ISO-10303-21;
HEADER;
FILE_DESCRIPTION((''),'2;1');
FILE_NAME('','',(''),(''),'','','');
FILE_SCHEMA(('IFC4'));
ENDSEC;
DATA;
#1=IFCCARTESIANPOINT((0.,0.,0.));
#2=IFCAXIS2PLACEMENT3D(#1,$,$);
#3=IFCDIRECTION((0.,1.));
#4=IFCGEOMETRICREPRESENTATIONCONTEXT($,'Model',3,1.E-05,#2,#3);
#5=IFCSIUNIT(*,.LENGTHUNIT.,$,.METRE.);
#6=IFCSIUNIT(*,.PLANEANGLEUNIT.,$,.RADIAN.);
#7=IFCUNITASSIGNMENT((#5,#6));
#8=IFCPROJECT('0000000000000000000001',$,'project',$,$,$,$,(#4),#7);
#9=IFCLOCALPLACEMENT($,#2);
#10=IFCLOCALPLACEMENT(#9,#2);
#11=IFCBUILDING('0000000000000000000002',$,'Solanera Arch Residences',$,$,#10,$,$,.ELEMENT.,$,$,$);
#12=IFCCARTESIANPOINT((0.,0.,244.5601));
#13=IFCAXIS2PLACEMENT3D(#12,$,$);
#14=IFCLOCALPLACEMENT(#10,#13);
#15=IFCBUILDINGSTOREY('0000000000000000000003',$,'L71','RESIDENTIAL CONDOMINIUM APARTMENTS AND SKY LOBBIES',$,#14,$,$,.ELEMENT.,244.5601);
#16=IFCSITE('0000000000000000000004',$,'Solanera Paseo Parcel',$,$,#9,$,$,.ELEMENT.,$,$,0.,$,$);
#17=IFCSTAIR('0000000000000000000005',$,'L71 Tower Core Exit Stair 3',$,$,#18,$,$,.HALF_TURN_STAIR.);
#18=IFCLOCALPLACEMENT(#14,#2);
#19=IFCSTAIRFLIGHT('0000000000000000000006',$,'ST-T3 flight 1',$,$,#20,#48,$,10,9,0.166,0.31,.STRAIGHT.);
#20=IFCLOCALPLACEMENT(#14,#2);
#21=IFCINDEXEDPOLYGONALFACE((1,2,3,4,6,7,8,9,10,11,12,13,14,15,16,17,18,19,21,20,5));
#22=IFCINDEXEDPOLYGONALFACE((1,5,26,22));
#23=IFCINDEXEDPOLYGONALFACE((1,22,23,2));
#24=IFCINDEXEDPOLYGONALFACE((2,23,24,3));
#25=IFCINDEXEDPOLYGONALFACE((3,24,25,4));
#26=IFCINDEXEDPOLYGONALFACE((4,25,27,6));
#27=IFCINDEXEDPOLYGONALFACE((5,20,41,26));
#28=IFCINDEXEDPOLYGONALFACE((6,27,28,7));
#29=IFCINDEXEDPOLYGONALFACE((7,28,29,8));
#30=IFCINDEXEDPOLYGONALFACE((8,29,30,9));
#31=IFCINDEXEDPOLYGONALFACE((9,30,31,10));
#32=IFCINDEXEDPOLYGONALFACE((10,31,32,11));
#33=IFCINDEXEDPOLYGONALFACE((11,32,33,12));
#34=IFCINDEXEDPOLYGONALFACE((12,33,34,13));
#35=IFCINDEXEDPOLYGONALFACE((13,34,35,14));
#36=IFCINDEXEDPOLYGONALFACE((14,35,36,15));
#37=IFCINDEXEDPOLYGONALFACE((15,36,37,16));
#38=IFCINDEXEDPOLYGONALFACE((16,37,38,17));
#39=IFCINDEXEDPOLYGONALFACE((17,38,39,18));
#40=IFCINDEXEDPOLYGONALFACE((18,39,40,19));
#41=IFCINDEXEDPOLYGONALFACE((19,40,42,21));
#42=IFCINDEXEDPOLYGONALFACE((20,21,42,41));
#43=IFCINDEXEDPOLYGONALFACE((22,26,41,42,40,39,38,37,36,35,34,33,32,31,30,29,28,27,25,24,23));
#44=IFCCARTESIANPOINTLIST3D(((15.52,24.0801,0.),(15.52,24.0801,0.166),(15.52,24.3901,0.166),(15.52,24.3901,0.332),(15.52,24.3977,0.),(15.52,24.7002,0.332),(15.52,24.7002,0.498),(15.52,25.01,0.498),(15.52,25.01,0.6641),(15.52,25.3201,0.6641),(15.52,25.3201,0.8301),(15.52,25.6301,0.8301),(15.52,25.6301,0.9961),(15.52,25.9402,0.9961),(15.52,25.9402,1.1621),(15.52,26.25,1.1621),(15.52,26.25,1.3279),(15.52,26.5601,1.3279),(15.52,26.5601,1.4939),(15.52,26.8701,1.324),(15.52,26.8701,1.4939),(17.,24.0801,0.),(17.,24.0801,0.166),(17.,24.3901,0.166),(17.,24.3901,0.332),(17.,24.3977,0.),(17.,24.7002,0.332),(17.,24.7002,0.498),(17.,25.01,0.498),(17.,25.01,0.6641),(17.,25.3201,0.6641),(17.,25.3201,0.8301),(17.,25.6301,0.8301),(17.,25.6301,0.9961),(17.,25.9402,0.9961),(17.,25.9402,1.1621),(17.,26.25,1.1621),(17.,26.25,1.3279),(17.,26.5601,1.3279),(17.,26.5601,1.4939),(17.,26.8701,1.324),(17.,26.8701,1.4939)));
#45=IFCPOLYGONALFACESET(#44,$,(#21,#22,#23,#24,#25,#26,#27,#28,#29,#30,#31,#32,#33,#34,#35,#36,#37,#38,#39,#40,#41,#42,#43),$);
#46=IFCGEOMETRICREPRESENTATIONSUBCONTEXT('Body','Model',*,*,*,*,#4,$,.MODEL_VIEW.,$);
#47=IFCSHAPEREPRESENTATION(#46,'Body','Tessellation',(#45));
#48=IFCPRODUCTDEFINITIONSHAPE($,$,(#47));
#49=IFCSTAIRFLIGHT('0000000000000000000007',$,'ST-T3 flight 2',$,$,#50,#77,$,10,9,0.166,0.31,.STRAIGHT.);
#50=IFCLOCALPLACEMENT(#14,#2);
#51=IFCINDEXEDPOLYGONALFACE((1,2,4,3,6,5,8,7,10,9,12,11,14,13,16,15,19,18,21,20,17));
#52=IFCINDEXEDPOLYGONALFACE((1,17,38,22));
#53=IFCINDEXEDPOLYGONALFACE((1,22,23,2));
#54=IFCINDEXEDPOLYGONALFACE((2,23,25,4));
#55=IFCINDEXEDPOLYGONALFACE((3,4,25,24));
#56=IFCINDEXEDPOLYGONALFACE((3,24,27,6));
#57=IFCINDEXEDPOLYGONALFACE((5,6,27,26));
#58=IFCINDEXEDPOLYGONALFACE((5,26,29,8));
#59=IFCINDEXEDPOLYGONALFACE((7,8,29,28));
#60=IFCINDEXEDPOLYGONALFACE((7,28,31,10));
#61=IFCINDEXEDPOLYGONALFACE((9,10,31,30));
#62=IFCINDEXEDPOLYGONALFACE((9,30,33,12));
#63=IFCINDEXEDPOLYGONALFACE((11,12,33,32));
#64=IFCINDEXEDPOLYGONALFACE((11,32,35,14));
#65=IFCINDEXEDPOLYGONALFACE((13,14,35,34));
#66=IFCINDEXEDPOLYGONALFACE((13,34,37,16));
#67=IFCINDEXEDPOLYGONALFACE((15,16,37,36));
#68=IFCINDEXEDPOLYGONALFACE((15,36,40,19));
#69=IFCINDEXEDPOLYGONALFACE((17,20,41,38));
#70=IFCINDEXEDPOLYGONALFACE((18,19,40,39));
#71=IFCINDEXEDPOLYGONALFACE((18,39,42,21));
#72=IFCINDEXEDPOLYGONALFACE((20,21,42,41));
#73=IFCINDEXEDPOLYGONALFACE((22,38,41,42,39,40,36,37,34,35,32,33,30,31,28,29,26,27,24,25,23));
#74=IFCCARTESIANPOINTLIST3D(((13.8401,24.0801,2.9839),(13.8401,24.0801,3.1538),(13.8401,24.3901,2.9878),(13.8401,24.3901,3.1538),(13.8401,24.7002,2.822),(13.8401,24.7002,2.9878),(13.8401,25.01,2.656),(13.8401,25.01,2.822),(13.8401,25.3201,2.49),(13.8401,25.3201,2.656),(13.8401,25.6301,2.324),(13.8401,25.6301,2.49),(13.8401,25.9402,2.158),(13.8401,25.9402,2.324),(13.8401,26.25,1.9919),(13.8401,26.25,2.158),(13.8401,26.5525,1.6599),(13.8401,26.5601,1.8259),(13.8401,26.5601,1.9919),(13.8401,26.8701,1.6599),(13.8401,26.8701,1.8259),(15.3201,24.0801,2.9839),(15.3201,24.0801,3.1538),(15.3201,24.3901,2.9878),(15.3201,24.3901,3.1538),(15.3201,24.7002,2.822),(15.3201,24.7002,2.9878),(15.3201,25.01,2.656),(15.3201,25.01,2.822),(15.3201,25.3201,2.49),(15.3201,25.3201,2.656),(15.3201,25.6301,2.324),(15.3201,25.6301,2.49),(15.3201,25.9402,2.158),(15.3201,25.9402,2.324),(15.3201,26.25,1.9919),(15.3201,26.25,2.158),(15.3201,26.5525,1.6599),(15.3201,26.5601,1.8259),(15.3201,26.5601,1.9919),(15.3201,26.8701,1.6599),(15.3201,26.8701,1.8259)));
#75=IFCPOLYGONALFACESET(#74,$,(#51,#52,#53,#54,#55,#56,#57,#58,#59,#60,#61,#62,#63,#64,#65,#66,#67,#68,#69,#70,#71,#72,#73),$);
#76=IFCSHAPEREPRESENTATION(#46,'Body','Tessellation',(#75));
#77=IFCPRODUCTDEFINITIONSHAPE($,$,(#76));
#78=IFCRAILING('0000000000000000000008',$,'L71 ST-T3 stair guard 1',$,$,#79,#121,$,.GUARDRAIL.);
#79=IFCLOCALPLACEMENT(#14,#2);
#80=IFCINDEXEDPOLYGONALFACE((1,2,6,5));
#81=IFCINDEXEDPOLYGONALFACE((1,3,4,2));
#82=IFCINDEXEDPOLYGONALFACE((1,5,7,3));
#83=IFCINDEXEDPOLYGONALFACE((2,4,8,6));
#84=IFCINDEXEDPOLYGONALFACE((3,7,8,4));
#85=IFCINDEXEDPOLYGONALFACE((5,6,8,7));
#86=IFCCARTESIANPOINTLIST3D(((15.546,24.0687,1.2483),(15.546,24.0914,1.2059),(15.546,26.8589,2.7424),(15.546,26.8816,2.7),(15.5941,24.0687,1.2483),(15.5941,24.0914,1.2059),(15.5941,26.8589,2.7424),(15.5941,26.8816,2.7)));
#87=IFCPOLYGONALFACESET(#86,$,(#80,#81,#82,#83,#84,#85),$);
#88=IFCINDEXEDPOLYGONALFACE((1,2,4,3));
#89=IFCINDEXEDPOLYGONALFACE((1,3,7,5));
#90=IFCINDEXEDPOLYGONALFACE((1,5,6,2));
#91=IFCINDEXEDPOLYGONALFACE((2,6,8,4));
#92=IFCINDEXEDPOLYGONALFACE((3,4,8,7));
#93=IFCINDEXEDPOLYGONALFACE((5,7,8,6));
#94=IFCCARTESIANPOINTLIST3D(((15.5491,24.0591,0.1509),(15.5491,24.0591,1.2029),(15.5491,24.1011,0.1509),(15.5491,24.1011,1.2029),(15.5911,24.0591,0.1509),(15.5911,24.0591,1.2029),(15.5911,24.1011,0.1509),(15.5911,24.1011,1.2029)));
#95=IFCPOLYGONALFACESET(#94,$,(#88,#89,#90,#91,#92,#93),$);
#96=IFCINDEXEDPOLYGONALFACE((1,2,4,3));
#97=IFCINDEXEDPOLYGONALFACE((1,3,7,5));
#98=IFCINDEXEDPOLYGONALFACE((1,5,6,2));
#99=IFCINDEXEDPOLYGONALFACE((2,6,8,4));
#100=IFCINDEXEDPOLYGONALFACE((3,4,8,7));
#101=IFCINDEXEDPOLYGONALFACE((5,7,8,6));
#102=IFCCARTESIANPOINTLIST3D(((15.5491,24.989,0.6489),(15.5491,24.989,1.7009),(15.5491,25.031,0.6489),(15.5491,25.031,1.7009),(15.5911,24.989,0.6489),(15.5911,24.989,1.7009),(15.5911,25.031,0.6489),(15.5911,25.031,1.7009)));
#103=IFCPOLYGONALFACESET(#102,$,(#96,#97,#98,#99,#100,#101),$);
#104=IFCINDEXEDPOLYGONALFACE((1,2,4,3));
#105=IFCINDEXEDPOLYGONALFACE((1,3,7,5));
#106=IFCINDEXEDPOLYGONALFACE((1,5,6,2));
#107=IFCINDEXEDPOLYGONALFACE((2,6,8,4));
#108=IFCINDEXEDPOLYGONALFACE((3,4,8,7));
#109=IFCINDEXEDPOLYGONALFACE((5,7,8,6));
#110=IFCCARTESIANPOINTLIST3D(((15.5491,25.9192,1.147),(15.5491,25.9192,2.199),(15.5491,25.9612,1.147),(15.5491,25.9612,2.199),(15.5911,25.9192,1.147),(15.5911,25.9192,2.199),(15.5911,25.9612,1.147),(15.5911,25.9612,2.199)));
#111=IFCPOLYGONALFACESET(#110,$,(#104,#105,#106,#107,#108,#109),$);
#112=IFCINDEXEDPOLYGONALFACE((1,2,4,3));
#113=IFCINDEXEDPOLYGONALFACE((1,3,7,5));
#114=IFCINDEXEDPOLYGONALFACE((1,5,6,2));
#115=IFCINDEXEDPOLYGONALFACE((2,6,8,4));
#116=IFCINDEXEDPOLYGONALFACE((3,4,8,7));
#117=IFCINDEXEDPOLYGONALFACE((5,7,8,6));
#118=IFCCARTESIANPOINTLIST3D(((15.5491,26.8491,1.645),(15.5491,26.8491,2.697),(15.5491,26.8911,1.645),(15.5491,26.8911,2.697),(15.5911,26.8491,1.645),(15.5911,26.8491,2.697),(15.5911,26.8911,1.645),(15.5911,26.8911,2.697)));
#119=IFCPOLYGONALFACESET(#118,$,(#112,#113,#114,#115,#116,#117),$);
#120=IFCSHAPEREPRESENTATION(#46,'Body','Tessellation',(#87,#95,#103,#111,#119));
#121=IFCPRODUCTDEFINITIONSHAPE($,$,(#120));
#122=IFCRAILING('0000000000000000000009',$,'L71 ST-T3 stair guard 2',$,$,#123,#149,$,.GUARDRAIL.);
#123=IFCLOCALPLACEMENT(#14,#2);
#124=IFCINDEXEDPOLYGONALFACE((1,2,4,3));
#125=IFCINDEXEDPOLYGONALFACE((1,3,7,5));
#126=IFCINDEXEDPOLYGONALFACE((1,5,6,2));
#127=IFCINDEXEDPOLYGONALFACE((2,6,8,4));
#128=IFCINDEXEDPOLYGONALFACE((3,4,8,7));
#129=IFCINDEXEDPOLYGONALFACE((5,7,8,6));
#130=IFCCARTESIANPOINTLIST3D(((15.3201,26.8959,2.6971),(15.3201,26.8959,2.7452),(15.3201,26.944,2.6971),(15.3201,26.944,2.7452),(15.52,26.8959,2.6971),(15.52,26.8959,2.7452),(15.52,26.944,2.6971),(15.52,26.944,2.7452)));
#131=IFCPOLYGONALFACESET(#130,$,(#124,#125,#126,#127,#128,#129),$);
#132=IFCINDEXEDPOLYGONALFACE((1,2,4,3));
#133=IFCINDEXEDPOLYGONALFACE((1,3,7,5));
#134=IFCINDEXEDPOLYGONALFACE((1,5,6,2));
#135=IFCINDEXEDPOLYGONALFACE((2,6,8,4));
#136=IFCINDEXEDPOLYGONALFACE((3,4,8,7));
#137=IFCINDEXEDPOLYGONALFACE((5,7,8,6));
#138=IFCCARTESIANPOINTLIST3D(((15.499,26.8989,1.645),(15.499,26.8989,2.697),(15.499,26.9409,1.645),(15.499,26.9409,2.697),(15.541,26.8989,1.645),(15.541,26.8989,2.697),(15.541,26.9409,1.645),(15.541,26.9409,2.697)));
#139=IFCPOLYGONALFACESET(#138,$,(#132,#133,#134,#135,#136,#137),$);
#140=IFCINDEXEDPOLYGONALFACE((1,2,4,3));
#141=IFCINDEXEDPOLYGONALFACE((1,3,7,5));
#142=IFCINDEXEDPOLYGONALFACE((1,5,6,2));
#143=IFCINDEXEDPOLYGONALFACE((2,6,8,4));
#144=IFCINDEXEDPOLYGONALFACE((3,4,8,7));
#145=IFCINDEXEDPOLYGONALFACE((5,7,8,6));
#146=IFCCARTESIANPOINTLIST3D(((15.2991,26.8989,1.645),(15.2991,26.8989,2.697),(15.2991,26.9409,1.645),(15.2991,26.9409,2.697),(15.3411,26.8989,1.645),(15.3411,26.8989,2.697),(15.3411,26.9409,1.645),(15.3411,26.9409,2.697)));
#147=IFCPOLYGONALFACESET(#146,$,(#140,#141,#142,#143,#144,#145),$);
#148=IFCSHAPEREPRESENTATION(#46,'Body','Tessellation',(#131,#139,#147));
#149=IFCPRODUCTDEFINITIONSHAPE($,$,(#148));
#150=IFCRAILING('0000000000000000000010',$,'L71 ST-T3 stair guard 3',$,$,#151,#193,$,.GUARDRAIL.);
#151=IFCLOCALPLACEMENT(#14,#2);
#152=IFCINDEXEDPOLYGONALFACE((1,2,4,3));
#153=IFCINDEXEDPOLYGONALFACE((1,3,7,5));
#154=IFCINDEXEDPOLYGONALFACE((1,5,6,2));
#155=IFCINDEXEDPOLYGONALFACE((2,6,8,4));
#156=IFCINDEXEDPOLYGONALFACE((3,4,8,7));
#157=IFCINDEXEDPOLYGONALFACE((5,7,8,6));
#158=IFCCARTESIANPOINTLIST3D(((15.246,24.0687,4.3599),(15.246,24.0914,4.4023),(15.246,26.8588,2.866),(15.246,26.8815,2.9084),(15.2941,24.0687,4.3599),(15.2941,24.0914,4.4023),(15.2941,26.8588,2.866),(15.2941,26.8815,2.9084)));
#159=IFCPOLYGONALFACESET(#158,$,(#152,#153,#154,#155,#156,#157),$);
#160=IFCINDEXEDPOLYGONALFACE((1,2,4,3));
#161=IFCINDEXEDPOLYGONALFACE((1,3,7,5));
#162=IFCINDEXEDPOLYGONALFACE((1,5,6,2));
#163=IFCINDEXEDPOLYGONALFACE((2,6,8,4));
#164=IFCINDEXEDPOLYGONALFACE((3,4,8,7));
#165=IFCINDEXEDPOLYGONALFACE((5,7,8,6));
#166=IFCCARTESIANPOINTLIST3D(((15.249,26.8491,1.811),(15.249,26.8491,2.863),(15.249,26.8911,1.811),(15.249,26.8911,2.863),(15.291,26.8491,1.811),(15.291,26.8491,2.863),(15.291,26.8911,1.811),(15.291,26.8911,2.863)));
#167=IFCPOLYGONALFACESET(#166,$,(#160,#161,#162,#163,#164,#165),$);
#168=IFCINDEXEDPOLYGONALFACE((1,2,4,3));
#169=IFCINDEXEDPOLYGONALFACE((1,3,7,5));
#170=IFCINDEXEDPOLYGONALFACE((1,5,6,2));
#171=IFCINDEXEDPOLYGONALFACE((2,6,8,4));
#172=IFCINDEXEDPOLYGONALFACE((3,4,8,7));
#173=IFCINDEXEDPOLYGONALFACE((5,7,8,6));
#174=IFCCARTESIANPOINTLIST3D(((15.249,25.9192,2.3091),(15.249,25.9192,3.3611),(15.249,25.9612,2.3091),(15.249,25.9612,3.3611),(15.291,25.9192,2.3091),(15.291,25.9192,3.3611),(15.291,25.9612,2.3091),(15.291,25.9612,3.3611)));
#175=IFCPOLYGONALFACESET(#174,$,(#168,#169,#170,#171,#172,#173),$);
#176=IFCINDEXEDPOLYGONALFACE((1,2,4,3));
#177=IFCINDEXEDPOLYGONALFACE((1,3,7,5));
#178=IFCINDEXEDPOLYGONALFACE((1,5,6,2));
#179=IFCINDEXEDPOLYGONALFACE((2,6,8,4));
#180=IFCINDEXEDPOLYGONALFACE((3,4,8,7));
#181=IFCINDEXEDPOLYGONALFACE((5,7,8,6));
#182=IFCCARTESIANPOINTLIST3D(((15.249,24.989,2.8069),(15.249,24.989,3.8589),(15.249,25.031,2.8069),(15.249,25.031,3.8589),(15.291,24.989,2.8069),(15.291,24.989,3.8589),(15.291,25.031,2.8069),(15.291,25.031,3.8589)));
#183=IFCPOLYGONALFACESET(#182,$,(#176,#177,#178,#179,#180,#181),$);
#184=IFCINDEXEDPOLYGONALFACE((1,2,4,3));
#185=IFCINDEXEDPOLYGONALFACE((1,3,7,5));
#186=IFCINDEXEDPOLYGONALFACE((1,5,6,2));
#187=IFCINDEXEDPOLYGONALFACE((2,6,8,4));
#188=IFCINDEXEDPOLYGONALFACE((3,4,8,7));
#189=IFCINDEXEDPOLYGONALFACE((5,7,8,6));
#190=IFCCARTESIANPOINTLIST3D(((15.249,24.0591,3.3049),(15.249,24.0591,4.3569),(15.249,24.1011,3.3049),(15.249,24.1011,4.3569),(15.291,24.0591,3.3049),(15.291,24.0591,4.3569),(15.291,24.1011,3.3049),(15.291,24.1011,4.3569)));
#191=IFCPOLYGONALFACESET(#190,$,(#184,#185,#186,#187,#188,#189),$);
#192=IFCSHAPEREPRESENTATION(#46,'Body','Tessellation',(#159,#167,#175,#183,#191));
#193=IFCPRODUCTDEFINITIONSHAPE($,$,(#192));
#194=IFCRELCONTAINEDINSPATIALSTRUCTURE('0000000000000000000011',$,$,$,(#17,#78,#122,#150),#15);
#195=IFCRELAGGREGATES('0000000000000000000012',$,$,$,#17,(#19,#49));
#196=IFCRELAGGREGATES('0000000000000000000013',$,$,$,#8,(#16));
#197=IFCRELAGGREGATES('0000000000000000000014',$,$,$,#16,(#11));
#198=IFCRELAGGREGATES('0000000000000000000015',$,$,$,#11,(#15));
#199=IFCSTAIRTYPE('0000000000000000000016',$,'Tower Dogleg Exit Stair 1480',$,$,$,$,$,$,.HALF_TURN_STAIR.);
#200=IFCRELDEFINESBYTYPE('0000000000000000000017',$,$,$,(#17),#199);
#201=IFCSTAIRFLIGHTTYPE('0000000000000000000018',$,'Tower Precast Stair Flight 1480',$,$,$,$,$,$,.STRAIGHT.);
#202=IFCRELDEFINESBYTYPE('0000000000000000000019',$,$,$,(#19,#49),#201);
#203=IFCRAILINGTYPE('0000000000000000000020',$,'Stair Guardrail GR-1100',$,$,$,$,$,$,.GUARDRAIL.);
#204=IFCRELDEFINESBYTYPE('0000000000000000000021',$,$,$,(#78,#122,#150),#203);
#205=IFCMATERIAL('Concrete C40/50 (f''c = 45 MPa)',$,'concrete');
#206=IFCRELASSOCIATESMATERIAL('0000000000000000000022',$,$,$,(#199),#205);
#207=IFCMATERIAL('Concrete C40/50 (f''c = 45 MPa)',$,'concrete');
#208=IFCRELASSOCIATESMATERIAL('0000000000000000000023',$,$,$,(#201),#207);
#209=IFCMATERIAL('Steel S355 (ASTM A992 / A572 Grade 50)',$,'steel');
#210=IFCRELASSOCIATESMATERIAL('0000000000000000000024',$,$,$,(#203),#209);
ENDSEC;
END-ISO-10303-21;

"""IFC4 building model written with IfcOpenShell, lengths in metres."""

from ifc_helpers import new_model, si_unit, direction, frame, origin, origin_2d, place, context, subcontext, project, spatial, polyline, rectangle, outline, extrude, material, type_object, element, aggregate, save


model = new_model("IFC4")

# Units and contexts
model_context = context("Model", 3, precision=1e-05, world=origin(), true_north=direction((0.0, 1.0)))
body_context = subcontext(model_context, "Body", "Model", "MODEL_VIEW")
ifc_project = project(units=[si_unit("LENGTHUNIT", "METRE"), si_unit("PLANEANGLEUNIT", "RADIAN")], contexts=[model_context])

# Site, building, storey
site_placement = place(None, origin())
site = spatial("IfcSite", under=ifc_project, at=site_placement, Name="Solanera Paseo Parcel", CompositionType="ELEMENT", RefElevation=0.0)
building_placement = place(site_placement, origin())
building = spatial("IfcBuilding", under=site, at=building_placement, Name="Solanera Arch Residences", CompositionType="ELEMENT")
storey_placement = place(building_placement, frame((0.0, 0.0, 244.5601)))
storey = spatial("IfcBuildingStorey", under=building, at=storey_placement, Name="L71", Description="RESIDENTIAL CONDOMINIUM APARTMENTS AND SKY LOBBIES", CompositionType="ELEMENT", Elevation=244.5601)

# Stair, stair flights
ifc_material_1 = material(Name="Concrete C40/50 (f'c = 45 MPa)", Category="concrete")
stair_type = type_object("IfcStairType", Name="Tower Dogleg Exit Stair 1480", PredefinedType="HALF_TURN_STAIR", material=ifc_material_1)
stair_placement = place(storey_placement, origin())
stair = element("IfcStair", 1, at=stair_placement, inside=storey, type_object=stair_type, Name="L71 Tower Core Exit Stair 3", PredefinedType="HALF_TURN_STAIR")
ifc_material_2 = material(Name="Concrete C40/50 (f'c = 45 MPa)", Category="concrete")
stair_flight_type = type_object("IfcStairFlightType", Name="Tower Precast Stair Flight 1480", PredefinedType="STRAIGHT", material=ifc_material_2)
stair_flight_1_placement = place(storey_placement, frame((16.26, 24.0801, 0.0), z_axis=(0.0, 0.0, 1.0), x_axis=(0.0, 1.0, 0.0)))
stair_flight_1 = element("IfcStairFlight", 2, at=stair_flight_1_placement, type_object=stair_flight_type, Name="ST-T3 flight 1", NumberOfRisers=10, NumberOfTreads=9, PredefinedType="STRAIGHT", RiserHeight=0.166, TreadLength=0.31, context=body_context, shape_type="SweptSolid", body=[
    extrude(outline(polyline([(0.0, 0.0), (0.0, 0.166), (0.3101, 0.166), (0.3101, 0.332), (0.6201, 0.332), (0.6201, 0.498), (0.9299, 0.498), (0.9299, 0.6641), (1.24, 0.6641), (1.24, 0.8301), (1.55, 0.8301), (1.55, 0.9961), (1.8601, 0.9961), (1.8601, 1.1621), (2.1699, 1.1621), (2.1699, 1.3279), (2.48, 1.3279), (2.48, 1.4939), (2.79, 1.4939), (2.79, 1.6599), (2.79, 1.324), (0.3176, 0.0), (0.0, 0.0)])), frame((0.0, 0.74, 0.0), z_axis=(0.0, -1.0, 0.0), x_axis=(1.0, 0.0, 0.0)), (0.0, 0.0, 1.0), 1.48),
])
stair_flight_2_placement = place(storey_placement, frame((14.5801, 26.8701, 1.6599), z_axis=(0.0, 0.0, 1.0), x_axis=(0.0, -1.0, 0.0)))
stair_flight_2 = element("IfcStairFlight", 3, at=stair_flight_2_placement, type_object=stair_flight_type, Name="ST-T3 flight 2", NumberOfRisers=10, NumberOfTreads=9, PredefinedType="STRAIGHT", RiserHeight=0.166, TreadLength=0.31, context=body_context, shape_type="SweptSolid", body=[
    extrude(outline(polyline([(0.0, 0.0), (0.0, 0.166), (0.3101, 0.166), (0.3101, 0.332), (0.6201, 0.332), (0.6201, 0.498), (0.9299, 0.498), (0.9299, 0.6641), (1.24, 0.6641), (1.24, 0.8301), (1.55, 0.8301), (1.55, 0.9961), (1.8601, 0.9961), (1.8601, 1.1621), (2.1699, 1.1621), (2.1699, 1.3279), (2.48, 1.3279), (2.48, 1.4939), (2.79, 1.4939), (2.79, 1.6599), (2.79, 1.324), (0.3176, 0.0), (0.0, 0.0)])), frame((0.0, 0.74, 0.0), z_axis=(0.0, -1.0, 0.0), x_axis=(1.0, 0.0, 0.0)), (0.0, 0.0, 1.0), 1.48),
])
aggregate(stair, [stair_flight_1, stair_flight_2])

# Railings
ifc_material_3 = material(Name="Steel S355 (ASTM A992 / A572 Grade 50)", Category="steel")
railing_type_1 = type_object("IfcRailingType", Name="Stair Guardrail GR-1100", PredefinedType="GUARDRAIL", material=ifc_material_3)
railing_1_placement = place(storey_placement, frame((15.5701, 24.0801, 0.1509)))
element("IfcRailing", 4, at=railing_1_placement, inside=storey, type_object=railing_type_1, Name="L71 ST-T3 stair guard 1", PredefinedType="GUARDRAIL", context=body_context, shape_type="SweptSolid", body=[
    extrude(rectangle(XDim=0.0481, YDim=0.0481, at=origin_2d()), frame((0.0, 0.0, 1.0762), z_axis=(0.0, 0.881549, 0.472093), x_axis=(-1.0, 0.0, 0.0)), (0.0, 0.0, 1.0), 3.165),
    extrude(rectangle(XDim=0.042, YDim=0.042, at=origin_2d()), origin(), (0.0, 0.0, 1.0), 1.052),
    extrude(rectangle(XDim=0.042, YDim=0.042, at=origin_2d()), frame((0.0, 0.9299, 0.498)), (0.0, 0.0, 1.0), 1.052),
    extrude(rectangle(XDim=0.042, YDim=0.042, at=origin_2d()), frame((0.0, 1.8601, 0.9961)), (0.0, 0.0, 1.0), 1.052),
    extrude(rectangle(XDim=0.042, YDim=0.042, at=origin_2d()), frame((0.0, 2.79, 1.4941)), (0.0, 0.0, 1.0), 1.052),
])
railing_2_placement = place(storey_placement, frame((15.52, 26.9199, 1.645)))
element("IfcRailing", 5, at=railing_2_placement, inside=storey, type_object=railing_type_1, Name="L71 ST-T3 stair guard 2", PredefinedType="GUARDRAIL", context=body_context, shape_type="SweptSolid", body=[
    extrude(rectangle(XDim=0.0481, YDim=0.0481, at=origin_2d()), frame((0.0, 0.0, 1.0762), z_axis=(-1.0, 0.0, 0.0), x_axis=(0.0, -1.0, 0.0)), (0.0, 0.0, 1.0), 0.2),
    extrude(rectangle(XDim=0.042, YDim=0.042, at=origin_2d()), origin(), (0.0, 0.0, 1.0), 1.052),
    extrude(rectangle(XDim=0.042, YDim=0.042, at=origin_2d()), frame((-0.2, 0.0, 0.0)), (0.0, 0.0, 1.0), 1.052),
])
railing_3_placement = place(storey_placement, frame((15.27, 26.8701, 1.811)))
element("IfcRailing", 6, at=railing_3_placement, inside=storey, type_object=railing_type_1, Name="L71 ST-T3 stair guard 3", PredefinedType="GUARDRAIL", context=body_context, shape_type="SweptSolid", body=[
    extrude(rectangle(XDim=0.0481, YDim=0.0481, at=origin_2d()), frame((0.0, 0.0, 1.0762), z_axis=(0.0, -0.881581, 0.472033), x_axis=(1.0, 0.0, 0.0)), (0.0, 0.0, 1.0), 3.1648),
    extrude(rectangle(XDim=0.042, YDim=0.042, at=origin_2d()), origin(), (0.0, 0.0, 1.0), 1.052),
    extrude(rectangle(XDim=0.042, YDim=0.042, at=origin_2d()), frame((0.0, -0.9299, 0.498)), (0.0, 0.0, 1.0), 1.052),
    extrude(rectangle(XDim=0.042, YDim=0.042, at=origin_2d()), frame((0.0, -1.8601, 0.9958)), (0.0, 0.0, 1.0), 1.052),
    extrude(rectangle(XDim=0.042, YDim=0.042, at=origin_2d()), frame((0.0, -2.79, 1.4939)), (0.0, 0.0, 1.0), 1.052),
])

save(model, "model.ifc")
